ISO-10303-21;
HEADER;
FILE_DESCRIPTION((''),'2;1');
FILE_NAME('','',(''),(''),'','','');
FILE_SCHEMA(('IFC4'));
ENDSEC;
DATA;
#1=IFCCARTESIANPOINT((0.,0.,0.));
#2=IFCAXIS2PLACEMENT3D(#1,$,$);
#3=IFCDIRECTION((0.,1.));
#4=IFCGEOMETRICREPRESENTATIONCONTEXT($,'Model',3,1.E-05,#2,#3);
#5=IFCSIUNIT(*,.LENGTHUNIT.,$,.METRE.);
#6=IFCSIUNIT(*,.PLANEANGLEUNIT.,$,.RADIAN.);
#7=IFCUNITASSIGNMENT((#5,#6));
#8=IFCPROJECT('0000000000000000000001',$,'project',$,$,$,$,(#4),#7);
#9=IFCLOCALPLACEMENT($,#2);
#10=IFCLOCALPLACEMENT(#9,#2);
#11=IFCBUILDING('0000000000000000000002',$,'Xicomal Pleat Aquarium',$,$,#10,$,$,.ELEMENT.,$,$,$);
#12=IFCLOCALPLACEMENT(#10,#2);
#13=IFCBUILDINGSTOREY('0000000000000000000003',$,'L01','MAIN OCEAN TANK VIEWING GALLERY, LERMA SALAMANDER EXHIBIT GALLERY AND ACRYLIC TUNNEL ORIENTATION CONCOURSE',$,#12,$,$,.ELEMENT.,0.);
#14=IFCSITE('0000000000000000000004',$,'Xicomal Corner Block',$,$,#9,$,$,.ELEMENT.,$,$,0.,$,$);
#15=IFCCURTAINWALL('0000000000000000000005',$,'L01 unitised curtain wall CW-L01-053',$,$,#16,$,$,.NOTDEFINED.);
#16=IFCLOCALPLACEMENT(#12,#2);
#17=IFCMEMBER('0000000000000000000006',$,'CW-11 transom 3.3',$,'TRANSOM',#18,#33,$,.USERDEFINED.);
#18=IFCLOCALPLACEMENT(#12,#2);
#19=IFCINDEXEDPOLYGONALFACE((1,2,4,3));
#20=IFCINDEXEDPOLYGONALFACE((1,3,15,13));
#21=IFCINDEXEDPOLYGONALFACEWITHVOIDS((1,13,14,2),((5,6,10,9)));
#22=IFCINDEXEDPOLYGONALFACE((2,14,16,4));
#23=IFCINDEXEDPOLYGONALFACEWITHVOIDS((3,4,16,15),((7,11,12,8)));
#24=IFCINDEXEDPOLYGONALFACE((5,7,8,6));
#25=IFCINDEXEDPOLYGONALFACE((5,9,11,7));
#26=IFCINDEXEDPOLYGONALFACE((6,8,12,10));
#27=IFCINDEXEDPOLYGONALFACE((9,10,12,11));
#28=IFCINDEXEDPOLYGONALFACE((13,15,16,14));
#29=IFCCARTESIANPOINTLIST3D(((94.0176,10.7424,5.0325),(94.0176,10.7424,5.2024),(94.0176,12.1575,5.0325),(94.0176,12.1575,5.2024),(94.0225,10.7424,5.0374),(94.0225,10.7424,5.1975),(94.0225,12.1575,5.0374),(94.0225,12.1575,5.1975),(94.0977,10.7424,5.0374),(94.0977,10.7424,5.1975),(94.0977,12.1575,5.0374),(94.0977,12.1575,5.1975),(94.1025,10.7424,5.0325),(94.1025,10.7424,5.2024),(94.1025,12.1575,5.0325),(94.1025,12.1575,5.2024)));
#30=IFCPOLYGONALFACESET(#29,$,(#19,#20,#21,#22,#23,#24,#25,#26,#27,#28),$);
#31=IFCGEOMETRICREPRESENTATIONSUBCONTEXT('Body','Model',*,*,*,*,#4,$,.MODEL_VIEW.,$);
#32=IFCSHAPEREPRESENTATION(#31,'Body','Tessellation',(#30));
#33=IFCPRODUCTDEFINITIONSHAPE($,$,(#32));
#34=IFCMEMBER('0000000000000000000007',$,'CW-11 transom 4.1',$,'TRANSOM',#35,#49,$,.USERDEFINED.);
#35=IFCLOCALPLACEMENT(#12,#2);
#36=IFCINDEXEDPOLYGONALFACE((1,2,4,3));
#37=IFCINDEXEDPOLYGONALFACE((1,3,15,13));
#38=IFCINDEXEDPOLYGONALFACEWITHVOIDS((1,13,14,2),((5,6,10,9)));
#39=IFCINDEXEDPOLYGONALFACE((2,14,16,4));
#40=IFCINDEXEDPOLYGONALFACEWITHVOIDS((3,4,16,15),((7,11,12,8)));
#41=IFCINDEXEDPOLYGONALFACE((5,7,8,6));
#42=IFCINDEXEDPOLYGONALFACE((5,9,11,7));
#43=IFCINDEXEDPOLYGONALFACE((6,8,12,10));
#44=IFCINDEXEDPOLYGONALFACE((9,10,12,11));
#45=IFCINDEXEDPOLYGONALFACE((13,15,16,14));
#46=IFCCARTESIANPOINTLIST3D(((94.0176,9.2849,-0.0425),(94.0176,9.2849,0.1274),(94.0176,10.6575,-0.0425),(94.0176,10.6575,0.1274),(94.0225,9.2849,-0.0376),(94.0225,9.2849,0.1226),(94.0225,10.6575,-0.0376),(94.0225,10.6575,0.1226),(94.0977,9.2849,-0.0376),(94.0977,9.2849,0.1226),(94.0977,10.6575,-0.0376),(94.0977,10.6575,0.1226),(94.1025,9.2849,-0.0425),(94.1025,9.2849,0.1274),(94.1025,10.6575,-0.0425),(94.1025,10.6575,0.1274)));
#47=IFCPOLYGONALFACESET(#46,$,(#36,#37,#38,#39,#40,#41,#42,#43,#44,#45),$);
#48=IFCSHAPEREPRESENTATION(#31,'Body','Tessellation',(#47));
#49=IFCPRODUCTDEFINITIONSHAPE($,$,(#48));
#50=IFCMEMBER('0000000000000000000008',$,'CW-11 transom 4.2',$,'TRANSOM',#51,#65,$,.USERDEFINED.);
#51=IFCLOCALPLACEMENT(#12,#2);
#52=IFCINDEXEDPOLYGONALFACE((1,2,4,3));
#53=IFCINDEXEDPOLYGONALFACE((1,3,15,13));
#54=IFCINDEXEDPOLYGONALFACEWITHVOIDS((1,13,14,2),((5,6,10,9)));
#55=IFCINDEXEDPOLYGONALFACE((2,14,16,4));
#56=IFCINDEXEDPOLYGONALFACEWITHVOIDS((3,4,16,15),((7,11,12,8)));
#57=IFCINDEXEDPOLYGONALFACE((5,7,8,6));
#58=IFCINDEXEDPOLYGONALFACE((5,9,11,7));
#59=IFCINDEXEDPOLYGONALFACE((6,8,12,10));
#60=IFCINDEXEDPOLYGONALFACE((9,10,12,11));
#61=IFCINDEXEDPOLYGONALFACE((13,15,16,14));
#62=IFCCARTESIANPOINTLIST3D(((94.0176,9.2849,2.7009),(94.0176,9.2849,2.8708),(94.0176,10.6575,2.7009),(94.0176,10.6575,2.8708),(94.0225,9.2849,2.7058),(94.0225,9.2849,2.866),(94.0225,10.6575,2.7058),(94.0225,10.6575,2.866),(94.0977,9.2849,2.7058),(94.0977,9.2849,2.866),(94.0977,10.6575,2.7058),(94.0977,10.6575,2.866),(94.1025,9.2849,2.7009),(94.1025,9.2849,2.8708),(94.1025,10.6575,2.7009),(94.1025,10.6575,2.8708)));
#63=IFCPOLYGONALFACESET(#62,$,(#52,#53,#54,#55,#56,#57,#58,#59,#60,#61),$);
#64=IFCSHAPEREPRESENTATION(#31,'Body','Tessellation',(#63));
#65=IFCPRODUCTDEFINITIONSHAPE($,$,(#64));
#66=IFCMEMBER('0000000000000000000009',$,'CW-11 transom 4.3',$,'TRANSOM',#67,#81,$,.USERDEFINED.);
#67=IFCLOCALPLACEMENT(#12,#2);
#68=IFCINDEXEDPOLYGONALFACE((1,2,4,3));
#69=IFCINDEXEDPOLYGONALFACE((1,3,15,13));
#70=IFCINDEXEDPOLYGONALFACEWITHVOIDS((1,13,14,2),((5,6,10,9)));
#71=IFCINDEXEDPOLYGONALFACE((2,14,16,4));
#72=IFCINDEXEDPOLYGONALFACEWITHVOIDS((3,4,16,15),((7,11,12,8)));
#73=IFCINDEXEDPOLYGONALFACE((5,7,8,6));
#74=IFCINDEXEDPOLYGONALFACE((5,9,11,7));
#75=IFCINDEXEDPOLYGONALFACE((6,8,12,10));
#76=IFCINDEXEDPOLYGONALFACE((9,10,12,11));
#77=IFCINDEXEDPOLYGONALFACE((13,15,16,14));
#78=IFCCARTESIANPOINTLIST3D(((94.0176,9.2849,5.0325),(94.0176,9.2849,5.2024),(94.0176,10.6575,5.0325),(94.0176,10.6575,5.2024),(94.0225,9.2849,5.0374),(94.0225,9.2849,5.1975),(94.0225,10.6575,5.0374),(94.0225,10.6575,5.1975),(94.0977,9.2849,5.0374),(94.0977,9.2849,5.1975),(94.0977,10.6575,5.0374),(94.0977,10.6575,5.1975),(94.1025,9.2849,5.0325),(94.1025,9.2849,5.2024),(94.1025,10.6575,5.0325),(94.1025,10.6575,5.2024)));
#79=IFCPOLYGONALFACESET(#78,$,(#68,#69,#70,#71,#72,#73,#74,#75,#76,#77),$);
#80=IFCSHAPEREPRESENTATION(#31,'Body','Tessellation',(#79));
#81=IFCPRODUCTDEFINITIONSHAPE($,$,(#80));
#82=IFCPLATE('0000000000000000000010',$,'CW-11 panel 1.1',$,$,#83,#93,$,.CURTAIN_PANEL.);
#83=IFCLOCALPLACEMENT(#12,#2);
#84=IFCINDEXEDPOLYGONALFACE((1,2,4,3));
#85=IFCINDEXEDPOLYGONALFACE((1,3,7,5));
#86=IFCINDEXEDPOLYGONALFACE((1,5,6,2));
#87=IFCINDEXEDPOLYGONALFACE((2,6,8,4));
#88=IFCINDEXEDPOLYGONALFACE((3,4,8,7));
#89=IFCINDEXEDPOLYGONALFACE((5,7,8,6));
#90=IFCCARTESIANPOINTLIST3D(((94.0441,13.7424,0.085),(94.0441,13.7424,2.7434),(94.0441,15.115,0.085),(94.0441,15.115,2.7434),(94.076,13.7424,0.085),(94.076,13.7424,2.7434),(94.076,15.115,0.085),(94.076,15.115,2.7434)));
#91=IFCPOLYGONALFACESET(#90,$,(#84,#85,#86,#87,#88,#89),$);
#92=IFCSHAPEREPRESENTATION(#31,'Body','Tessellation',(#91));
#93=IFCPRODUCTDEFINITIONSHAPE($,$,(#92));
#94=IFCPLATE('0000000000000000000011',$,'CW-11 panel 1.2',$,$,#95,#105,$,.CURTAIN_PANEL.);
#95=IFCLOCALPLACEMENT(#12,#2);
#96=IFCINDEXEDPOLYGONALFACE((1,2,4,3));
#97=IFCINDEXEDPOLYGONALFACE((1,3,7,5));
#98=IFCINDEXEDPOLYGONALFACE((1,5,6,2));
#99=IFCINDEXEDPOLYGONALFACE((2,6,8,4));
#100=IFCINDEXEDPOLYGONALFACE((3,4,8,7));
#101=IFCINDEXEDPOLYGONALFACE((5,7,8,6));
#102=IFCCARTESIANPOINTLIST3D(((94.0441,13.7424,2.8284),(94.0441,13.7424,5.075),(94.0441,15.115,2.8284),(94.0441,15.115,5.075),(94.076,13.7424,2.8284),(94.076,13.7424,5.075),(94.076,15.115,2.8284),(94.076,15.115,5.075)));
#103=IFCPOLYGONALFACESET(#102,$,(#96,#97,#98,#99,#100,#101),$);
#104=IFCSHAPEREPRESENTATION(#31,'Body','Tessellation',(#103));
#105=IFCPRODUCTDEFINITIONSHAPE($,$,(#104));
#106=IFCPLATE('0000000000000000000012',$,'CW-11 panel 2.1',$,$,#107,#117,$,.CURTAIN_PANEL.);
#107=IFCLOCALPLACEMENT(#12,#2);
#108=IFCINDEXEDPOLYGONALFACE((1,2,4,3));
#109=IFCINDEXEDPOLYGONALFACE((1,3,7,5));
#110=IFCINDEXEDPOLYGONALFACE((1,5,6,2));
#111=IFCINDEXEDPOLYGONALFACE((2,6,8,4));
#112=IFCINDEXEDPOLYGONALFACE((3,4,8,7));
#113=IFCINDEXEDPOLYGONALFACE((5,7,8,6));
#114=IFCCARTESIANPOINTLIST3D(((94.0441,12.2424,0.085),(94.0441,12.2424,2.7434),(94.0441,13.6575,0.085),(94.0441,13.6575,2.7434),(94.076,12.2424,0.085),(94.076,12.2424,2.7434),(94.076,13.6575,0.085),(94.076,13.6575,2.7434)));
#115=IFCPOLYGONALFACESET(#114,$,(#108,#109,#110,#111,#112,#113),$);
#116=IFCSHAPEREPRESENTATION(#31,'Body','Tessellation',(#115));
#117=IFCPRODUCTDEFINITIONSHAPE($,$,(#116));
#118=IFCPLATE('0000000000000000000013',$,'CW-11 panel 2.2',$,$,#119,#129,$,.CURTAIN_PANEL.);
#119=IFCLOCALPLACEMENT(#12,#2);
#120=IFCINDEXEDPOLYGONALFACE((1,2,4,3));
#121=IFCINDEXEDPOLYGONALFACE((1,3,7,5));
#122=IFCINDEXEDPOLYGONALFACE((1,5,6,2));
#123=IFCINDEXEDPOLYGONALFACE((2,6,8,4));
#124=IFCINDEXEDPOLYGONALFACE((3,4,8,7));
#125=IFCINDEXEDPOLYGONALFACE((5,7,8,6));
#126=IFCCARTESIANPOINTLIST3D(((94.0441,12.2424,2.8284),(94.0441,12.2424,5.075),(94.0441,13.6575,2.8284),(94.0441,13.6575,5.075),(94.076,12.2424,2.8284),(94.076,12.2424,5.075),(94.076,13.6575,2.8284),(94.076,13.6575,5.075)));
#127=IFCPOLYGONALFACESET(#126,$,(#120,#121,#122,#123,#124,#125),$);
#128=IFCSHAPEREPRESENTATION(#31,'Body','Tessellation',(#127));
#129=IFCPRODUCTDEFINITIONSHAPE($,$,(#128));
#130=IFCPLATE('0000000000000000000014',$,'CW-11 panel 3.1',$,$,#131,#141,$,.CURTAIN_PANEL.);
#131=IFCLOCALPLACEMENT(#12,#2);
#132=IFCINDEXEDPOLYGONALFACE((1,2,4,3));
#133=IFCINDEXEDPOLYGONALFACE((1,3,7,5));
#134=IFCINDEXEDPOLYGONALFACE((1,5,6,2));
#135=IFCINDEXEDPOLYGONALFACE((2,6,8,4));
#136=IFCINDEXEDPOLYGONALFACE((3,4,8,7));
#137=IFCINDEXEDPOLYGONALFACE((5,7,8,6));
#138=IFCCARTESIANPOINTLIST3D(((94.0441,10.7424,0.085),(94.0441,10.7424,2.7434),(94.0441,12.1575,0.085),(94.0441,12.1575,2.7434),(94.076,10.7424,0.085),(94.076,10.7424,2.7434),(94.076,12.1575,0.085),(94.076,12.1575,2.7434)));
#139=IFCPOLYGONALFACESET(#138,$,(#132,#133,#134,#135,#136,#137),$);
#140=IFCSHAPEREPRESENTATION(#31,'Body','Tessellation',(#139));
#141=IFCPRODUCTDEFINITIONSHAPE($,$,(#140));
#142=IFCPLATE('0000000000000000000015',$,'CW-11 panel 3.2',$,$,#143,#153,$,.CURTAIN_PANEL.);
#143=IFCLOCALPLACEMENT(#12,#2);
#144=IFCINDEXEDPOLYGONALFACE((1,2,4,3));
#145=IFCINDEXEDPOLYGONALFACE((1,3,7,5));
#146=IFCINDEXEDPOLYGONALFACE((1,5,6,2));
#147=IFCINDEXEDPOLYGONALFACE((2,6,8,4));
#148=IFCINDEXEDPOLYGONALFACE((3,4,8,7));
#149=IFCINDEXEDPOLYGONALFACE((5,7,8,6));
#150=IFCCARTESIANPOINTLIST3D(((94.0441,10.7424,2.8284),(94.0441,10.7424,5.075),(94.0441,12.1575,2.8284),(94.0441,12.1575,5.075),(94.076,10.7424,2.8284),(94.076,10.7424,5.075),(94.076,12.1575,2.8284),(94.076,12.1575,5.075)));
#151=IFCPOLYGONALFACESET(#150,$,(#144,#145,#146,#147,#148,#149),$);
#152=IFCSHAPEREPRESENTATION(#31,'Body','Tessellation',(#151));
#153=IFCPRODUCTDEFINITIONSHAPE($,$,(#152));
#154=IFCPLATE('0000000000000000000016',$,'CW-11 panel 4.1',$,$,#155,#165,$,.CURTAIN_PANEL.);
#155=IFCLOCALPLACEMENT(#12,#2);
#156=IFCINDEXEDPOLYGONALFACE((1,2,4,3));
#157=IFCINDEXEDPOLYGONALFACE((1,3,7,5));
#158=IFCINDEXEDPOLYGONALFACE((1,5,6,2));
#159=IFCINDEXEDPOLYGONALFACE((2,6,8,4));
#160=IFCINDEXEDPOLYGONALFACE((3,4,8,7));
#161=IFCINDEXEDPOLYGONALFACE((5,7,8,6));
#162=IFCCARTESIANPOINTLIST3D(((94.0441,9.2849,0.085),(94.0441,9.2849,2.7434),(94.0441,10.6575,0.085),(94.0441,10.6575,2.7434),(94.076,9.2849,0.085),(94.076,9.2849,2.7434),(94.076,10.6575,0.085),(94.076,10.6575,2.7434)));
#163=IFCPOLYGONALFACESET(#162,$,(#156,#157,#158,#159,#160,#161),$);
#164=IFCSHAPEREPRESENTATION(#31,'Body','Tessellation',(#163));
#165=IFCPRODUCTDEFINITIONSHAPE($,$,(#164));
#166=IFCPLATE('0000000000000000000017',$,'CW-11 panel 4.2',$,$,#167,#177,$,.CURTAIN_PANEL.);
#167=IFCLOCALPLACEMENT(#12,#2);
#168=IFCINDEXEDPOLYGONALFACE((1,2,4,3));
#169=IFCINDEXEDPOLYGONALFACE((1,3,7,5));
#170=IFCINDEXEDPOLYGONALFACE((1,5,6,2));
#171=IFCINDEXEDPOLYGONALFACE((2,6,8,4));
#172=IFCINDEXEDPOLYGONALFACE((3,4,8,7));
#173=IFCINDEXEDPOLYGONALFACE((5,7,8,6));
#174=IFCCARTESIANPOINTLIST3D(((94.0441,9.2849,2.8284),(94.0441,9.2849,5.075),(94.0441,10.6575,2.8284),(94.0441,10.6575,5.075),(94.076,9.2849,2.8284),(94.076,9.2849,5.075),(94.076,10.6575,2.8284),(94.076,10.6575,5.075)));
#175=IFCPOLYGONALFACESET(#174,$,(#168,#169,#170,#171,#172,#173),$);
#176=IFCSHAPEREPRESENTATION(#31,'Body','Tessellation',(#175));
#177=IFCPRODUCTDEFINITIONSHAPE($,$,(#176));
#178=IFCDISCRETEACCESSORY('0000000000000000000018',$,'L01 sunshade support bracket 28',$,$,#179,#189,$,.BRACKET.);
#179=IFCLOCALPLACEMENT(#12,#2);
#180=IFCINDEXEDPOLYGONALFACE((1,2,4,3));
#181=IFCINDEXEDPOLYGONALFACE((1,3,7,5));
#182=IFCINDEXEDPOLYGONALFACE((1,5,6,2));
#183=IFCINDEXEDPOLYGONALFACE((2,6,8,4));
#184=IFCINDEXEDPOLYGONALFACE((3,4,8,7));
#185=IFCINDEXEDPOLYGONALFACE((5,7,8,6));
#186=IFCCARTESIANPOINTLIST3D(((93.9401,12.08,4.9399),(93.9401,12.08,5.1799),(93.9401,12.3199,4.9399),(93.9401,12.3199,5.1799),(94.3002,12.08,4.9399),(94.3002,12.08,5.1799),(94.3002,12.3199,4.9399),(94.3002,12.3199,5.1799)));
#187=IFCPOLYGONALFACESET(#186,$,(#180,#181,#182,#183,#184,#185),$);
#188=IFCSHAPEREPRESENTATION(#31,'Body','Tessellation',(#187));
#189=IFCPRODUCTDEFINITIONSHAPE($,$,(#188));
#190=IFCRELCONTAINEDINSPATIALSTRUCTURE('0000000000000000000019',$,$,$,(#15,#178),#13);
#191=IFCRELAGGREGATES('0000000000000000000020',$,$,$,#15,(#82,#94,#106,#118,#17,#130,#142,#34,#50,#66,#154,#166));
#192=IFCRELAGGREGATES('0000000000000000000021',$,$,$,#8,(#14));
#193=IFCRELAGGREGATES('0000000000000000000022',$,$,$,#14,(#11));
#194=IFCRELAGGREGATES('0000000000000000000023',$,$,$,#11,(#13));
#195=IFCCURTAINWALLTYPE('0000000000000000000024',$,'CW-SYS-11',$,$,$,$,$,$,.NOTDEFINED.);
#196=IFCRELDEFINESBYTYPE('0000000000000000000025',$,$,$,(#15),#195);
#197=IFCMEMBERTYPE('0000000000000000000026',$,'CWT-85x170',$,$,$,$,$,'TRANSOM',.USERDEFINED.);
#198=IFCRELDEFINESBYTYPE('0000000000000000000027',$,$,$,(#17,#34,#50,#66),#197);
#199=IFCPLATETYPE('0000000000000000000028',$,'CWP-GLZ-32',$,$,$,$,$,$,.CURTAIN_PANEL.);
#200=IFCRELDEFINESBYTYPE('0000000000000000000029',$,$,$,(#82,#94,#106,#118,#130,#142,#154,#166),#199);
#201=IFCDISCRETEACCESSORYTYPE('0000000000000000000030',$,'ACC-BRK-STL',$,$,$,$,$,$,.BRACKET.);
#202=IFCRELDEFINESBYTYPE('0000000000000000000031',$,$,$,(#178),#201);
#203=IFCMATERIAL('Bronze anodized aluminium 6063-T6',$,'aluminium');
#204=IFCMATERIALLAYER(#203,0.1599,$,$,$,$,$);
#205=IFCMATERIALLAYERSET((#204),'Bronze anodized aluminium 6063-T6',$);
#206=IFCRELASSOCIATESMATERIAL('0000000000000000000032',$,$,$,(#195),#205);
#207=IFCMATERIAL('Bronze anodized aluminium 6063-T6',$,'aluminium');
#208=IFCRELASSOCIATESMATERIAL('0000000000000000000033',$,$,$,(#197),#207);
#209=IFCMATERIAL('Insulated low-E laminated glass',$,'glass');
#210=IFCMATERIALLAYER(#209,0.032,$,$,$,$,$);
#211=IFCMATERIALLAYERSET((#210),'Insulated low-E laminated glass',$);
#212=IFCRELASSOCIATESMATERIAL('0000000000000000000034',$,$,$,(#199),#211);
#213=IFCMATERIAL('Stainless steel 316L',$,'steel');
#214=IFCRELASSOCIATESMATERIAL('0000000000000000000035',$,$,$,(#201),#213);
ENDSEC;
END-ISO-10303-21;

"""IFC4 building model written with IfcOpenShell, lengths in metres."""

from ifc_helpers import new_model, si_unit, direction, frame, origin, origin_2d, place, context, subcontext, project, spatial, rectangle, hollow_rectangle, extrude, material, layer, layer_set, material_profile, profile_set, type_object, element, aggregate, save


model = new_model("IFC4")

# Units and contexts
model_context = context("Model", 3, precision=1e-05, world=origin(), true_north=direction((0.0, 1.0)))
body_context = subcontext(model_context, "Body", "Model", "MODEL_VIEW")
ifc_project = project(units=[si_unit("LENGTHUNIT", "METRE"), si_unit("PLANEANGLEUNIT", "RADIAN")], contexts=[model_context])

# Site, building, storey
site_placement = place(None, origin())
site = spatial("IfcSite", under=ifc_project, at=site_placement, Name="Xicomal Corner Block", CompositionType="ELEMENT", RefElevation=0.0)
building_placement = place(site_placement, origin())
building = spatial("IfcBuilding", under=site, at=building_placement, Name="Xicomal Pleat Aquarium", CompositionType="ELEMENT")
storey_placement = place(building_placement, origin())
storey = spatial("IfcBuildingStorey", under=building, at=storey_placement, Name="L01", Description="MAIN OCEAN TANK VIEWING GALLERY, LERMA SALAMANDER EXHIBIT GALLERY AND ACRYLIC TUNNEL ORIENTATION CONCOURSE", CompositionType="ELEMENT", Elevation=0.0)

# Curtain wall
ifc_material_1 = material(Name="Bronze anodized aluminium 6063-T6", Category="aluminium")
ifc_layer_1 = layer(ifc_material_1, 0.1599)
ifc_layer_set_1 = layer_set([ifc_layer_1], Name="Bronze anodized aluminium 6063-T6")
curtain_wall_type_1 = type_object("IfcCurtainWallType", Name="CW-SYS-11", PredefinedType="NOTDEFINED", material=ifc_layer_set_1)
curtain_wall_1_placement = place(storey_placement, origin())
curtain_wall_1 = element("IfcCurtainWall", 1, at=curtain_wall_1_placement, inside=storey, type_object=curtain_wall_type_1, Name="L01 unitised curtain wall CW-L01-053", PredefinedType="NOTDEFINED")

# Members
ifc_material_2 = material(Name="Bronze anodized aluminium 6063-T6", Category="aluminium")
ifc_material_profile_1 = material_profile(ifc_material_2, hollow_rectangle(XDim=0.085, YDim=0.1699, WallThickness=0.0049, at=origin_2d()), Name="ALU TRAN 85x170")
ifc_profile_set_1 = profile_set([ifc_material_profile_1], Name="Bronze anodized aluminium 6063-T6")
member_type_1 = type_object("IfcMemberType", Name="CWT-85x170", ElementType="TRANSOM", PredefinedType="USERDEFINED", material=ifc_profile_set_1)
member_1_placement = place(storey_placement, frame((94.0601, 12.1575, 5.1174), z_axis=(0.0, -1.0, 0.0), x_axis=(1.0, 0.0, 0.0)))
member_1 = element("IfcMember", 2, at=member_1_placement, type_object=member_type_1, Name="CW-11 transom 3.3", ObjectType="TRANSOM", PredefinedType="USERDEFINED", context=body_context, shape_type="SweptSolid", body=[
    extrude(hollow_rectangle(XDim=0.085, YDim=0.1699, WallThickness=0.0049, at=origin_2d()), origin(), (0.0, 0.0, 1.0), 1.415),
])
member_2_placement = place(storey_placement, frame((94.0601, 10.6575, 0.0425), z_axis=(0.0, -1.0, 0.0), x_axis=(1.0, 0.0, 0.0)))
member_2 = element("IfcMember", 3, at=member_2_placement, type_object=member_type_1, Name="CW-11 transom 4.1", ObjectType="TRANSOM", PredefinedType="USERDEFINED", context=body_context, shape_type="SweptSolid", body=[
    extrude(hollow_rectangle(XDim=0.085, YDim=0.1699, WallThickness=0.0049, at=origin_2d()), origin(), (0.0, 0.0, 1.0), 1.3726),
])
member_3_placement = place(storey_placement, frame((94.0601, 10.6575, 2.7859), z_axis=(0.0, -1.0, 0.0), x_axis=(1.0, 0.0, 0.0)))
member_3 = element("IfcMember", 4, at=member_3_placement, type_object=member_type_1, Name="CW-11 transom 4.2", ObjectType="TRANSOM", PredefinedType="USERDEFINED", context=body_context, shape_type="SweptSolid", body=[
    extrude(hollow_rectangle(XDim=0.085, YDim=0.1699, WallThickness=0.0049, at=origin_2d()), origin(), (0.0, 0.0, 1.0), 1.3726),
])
member_4_placement = place(storey_placement, frame((94.0601, 10.6575, 5.1174), z_axis=(0.0, -1.0, 0.0), x_axis=(1.0, 0.0, 0.0)))
member_4 = element("IfcMember", 5, at=member_4_placement, type_object=member_type_1, Name="CW-11 transom 4.3", ObjectType="TRANSOM", PredefinedType="USERDEFINED", context=body_context, shape_type="SweptSolid", body=[
    extrude(hollow_rectangle(XDim=0.085, YDim=0.1699, WallThickness=0.0049, at=origin_2d()), origin(), (0.0, 0.0, 1.0), 1.3726),
])

# Plates
ifc_material_3 = material(Name="Insulated low-E laminated glass", Category="glass")
ifc_layer_2 = layer(ifc_material_3, 0.032)
ifc_layer_set_2 = layer_set([ifc_layer_2], Name="Insulated low-E laminated glass")
plate_type = type_object("IfcPlateType", Name="CWP-GLZ-32", PredefinedType="CURTAIN_PANEL", material=ifc_layer_set_2)
plate_1_placement = place(storey_placement, frame((94.0601, 14.4287, 0.085), z_axis=(0.0, 0.0, 1.0), x_axis=(0.0, -1.0, 0.0)))
plate_1 = element("IfcPlate", 6, at=plate_1_placement, type_object=plate_type, Name="CW-11 panel 1.1", PredefinedType="CURTAIN_PANEL", context=body_context, shape_type="SweptSolid", body=[
    extrude(rectangle(XDim=1.3726, YDim=0.032, at=origin_2d()), origin(), (0.0, 0.0, 1.0), 2.6584),
])
plate_2_placement = place(storey_placement, frame((94.0601, 14.4287, 2.8284), z_axis=(0.0, 0.0, 1.0), x_axis=(0.0, -1.0, 0.0)))
plate_2 = element("IfcPlate", 7, at=plate_2_placement, type_object=plate_type, Name="CW-11 panel 1.2", PredefinedType="CURTAIN_PANEL", context=body_context, shape_type="SweptSolid", body=[
    extrude(rectangle(XDim=1.3726, YDim=0.032, at=origin_2d()), origin(), (0.0, 0.0, 1.0), 2.2466),
])
plate_3_placement = place(storey_placement, frame((94.0601, 12.95, 0.085), z_axis=(0.0, 0.0, 1.0), x_axis=(0.0, -1.0, 0.0)))
plate_3 = element("IfcPlate", 8, at=plate_3_placement, type_object=plate_type, Name="CW-11 panel 2.1", PredefinedType="CURTAIN_PANEL", context=body_context, shape_type="SweptSolid", body=[
    extrude(rectangle(XDim=1.415, YDim=0.032, at=origin_2d()), origin(), (0.0, 0.0, 1.0), 2.6584),
])
plate_4_placement = place(storey_placement, frame((94.0601, 12.95, 2.8284), z_axis=(0.0, 0.0, 1.0), x_axis=(0.0, -1.0, 0.0)))
plate_4 = element("IfcPlate", 9, at=plate_4_placement, type_object=plate_type, Name="CW-11 panel 2.2", PredefinedType="CURTAIN_PANEL", context=body_context, shape_type="SweptSolid", body=[
    extrude(rectangle(XDim=1.415, YDim=0.032, at=origin_2d()), origin(), (0.0, 0.0, 1.0), 2.2466),
])
plate_5_placement = place(storey_placement, frame((94.0601, 11.45, 0.085), z_axis=(0.0, 0.0, 1.0), x_axis=(0.0, -1.0, 0.0)))
plate_5 = element("IfcPlate", 10, at=plate_5_placement, type_object=plate_type, Name="CW-11 panel 3.1", PredefinedType="CURTAIN_PANEL", context=body_context, shape_type="SweptSolid", body=[
    extrude(rectangle(XDim=1.415, YDim=0.032, at=origin_2d()), origin(), (0.0, 0.0, 1.0), 2.6584),
])
plate_6_placement = place(storey_placement, frame((94.0601, 11.45, 2.8284), z_axis=(0.0, 0.0, 1.0), x_axis=(0.0, -1.0, 0.0)))
plate_6 = element("IfcPlate", 11, at=plate_6_placement, type_object=plate_type, Name="CW-11 panel 3.2", PredefinedType="CURTAIN_PANEL", context=body_context, shape_type="SweptSolid", body=[
    extrude(rectangle(XDim=1.415, YDim=0.032, at=origin_2d()), origin(), (0.0, 0.0, 1.0), 2.2466),
])
plate_7_placement = place(storey_placement, frame((94.0601, 9.9712, 0.085), z_axis=(0.0, 0.0, 1.0), x_axis=(0.0, -1.0, 0.0)))
plate_7 = element("IfcPlate", 12, at=plate_7_placement, type_object=plate_type, Name="CW-11 panel 4.1", PredefinedType="CURTAIN_PANEL", context=body_context, shape_type="SweptSolid", body=[
    extrude(rectangle(XDim=1.3726, YDim=0.032, at=origin_2d()), origin(), (0.0, 0.0, 1.0), 2.6584),
])
plate_8_placement = place(storey_placement, frame((94.0601, 9.9712, 2.8284), z_axis=(0.0, 0.0, 1.0), x_axis=(0.0, -1.0, 0.0)))
plate_8 = element("IfcPlate", 13, at=plate_8_placement, type_object=plate_type, Name="CW-11 panel 4.2", PredefinedType="CURTAIN_PANEL", context=body_context, shape_type="SweptSolid", body=[
    extrude(rectangle(XDim=1.3726, YDim=0.032, at=origin_2d()), origin(), (0.0, 0.0, 1.0), 2.2466),
])
aggregate(curtain_wall_1, [plate_1, plate_2, plate_3, plate_4, member_1, plate_5, plate_6, member_2, member_3, member_4, plate_7, plate_8])

# Discrete accessory
ifc_material_4 = material(Name="Stainless steel 316L", Category="steel")
discrete_accessory_type = type_object("IfcDiscreteAccessoryType", Name="ACC-BRK-STL", PredefinedType="BRACKET", material=ifc_material_4)
discrete_accessory_placement = place(storey_placement, frame((94.1201, 12.2, 4.9399), z_axis=(0.0, 0.0, 1.0), x_axis=(0.0, -1.0, 0.0)))
element("IfcDiscreteAccessory", 14, at=discrete_accessory_placement, inside=storey, type_object=discrete_accessory_type, Name="L01 sunshade support bracket 28", PredefinedType="BRACKET", context=body_context, shape_type="SweptSolid", body=[
    extrude(rectangle(XDim=0.24, YDim=0.3601, at=origin_2d()), origin(), (0.0, 0.0, 1.0), 0.24),
])

save(model, "model.ifc")
